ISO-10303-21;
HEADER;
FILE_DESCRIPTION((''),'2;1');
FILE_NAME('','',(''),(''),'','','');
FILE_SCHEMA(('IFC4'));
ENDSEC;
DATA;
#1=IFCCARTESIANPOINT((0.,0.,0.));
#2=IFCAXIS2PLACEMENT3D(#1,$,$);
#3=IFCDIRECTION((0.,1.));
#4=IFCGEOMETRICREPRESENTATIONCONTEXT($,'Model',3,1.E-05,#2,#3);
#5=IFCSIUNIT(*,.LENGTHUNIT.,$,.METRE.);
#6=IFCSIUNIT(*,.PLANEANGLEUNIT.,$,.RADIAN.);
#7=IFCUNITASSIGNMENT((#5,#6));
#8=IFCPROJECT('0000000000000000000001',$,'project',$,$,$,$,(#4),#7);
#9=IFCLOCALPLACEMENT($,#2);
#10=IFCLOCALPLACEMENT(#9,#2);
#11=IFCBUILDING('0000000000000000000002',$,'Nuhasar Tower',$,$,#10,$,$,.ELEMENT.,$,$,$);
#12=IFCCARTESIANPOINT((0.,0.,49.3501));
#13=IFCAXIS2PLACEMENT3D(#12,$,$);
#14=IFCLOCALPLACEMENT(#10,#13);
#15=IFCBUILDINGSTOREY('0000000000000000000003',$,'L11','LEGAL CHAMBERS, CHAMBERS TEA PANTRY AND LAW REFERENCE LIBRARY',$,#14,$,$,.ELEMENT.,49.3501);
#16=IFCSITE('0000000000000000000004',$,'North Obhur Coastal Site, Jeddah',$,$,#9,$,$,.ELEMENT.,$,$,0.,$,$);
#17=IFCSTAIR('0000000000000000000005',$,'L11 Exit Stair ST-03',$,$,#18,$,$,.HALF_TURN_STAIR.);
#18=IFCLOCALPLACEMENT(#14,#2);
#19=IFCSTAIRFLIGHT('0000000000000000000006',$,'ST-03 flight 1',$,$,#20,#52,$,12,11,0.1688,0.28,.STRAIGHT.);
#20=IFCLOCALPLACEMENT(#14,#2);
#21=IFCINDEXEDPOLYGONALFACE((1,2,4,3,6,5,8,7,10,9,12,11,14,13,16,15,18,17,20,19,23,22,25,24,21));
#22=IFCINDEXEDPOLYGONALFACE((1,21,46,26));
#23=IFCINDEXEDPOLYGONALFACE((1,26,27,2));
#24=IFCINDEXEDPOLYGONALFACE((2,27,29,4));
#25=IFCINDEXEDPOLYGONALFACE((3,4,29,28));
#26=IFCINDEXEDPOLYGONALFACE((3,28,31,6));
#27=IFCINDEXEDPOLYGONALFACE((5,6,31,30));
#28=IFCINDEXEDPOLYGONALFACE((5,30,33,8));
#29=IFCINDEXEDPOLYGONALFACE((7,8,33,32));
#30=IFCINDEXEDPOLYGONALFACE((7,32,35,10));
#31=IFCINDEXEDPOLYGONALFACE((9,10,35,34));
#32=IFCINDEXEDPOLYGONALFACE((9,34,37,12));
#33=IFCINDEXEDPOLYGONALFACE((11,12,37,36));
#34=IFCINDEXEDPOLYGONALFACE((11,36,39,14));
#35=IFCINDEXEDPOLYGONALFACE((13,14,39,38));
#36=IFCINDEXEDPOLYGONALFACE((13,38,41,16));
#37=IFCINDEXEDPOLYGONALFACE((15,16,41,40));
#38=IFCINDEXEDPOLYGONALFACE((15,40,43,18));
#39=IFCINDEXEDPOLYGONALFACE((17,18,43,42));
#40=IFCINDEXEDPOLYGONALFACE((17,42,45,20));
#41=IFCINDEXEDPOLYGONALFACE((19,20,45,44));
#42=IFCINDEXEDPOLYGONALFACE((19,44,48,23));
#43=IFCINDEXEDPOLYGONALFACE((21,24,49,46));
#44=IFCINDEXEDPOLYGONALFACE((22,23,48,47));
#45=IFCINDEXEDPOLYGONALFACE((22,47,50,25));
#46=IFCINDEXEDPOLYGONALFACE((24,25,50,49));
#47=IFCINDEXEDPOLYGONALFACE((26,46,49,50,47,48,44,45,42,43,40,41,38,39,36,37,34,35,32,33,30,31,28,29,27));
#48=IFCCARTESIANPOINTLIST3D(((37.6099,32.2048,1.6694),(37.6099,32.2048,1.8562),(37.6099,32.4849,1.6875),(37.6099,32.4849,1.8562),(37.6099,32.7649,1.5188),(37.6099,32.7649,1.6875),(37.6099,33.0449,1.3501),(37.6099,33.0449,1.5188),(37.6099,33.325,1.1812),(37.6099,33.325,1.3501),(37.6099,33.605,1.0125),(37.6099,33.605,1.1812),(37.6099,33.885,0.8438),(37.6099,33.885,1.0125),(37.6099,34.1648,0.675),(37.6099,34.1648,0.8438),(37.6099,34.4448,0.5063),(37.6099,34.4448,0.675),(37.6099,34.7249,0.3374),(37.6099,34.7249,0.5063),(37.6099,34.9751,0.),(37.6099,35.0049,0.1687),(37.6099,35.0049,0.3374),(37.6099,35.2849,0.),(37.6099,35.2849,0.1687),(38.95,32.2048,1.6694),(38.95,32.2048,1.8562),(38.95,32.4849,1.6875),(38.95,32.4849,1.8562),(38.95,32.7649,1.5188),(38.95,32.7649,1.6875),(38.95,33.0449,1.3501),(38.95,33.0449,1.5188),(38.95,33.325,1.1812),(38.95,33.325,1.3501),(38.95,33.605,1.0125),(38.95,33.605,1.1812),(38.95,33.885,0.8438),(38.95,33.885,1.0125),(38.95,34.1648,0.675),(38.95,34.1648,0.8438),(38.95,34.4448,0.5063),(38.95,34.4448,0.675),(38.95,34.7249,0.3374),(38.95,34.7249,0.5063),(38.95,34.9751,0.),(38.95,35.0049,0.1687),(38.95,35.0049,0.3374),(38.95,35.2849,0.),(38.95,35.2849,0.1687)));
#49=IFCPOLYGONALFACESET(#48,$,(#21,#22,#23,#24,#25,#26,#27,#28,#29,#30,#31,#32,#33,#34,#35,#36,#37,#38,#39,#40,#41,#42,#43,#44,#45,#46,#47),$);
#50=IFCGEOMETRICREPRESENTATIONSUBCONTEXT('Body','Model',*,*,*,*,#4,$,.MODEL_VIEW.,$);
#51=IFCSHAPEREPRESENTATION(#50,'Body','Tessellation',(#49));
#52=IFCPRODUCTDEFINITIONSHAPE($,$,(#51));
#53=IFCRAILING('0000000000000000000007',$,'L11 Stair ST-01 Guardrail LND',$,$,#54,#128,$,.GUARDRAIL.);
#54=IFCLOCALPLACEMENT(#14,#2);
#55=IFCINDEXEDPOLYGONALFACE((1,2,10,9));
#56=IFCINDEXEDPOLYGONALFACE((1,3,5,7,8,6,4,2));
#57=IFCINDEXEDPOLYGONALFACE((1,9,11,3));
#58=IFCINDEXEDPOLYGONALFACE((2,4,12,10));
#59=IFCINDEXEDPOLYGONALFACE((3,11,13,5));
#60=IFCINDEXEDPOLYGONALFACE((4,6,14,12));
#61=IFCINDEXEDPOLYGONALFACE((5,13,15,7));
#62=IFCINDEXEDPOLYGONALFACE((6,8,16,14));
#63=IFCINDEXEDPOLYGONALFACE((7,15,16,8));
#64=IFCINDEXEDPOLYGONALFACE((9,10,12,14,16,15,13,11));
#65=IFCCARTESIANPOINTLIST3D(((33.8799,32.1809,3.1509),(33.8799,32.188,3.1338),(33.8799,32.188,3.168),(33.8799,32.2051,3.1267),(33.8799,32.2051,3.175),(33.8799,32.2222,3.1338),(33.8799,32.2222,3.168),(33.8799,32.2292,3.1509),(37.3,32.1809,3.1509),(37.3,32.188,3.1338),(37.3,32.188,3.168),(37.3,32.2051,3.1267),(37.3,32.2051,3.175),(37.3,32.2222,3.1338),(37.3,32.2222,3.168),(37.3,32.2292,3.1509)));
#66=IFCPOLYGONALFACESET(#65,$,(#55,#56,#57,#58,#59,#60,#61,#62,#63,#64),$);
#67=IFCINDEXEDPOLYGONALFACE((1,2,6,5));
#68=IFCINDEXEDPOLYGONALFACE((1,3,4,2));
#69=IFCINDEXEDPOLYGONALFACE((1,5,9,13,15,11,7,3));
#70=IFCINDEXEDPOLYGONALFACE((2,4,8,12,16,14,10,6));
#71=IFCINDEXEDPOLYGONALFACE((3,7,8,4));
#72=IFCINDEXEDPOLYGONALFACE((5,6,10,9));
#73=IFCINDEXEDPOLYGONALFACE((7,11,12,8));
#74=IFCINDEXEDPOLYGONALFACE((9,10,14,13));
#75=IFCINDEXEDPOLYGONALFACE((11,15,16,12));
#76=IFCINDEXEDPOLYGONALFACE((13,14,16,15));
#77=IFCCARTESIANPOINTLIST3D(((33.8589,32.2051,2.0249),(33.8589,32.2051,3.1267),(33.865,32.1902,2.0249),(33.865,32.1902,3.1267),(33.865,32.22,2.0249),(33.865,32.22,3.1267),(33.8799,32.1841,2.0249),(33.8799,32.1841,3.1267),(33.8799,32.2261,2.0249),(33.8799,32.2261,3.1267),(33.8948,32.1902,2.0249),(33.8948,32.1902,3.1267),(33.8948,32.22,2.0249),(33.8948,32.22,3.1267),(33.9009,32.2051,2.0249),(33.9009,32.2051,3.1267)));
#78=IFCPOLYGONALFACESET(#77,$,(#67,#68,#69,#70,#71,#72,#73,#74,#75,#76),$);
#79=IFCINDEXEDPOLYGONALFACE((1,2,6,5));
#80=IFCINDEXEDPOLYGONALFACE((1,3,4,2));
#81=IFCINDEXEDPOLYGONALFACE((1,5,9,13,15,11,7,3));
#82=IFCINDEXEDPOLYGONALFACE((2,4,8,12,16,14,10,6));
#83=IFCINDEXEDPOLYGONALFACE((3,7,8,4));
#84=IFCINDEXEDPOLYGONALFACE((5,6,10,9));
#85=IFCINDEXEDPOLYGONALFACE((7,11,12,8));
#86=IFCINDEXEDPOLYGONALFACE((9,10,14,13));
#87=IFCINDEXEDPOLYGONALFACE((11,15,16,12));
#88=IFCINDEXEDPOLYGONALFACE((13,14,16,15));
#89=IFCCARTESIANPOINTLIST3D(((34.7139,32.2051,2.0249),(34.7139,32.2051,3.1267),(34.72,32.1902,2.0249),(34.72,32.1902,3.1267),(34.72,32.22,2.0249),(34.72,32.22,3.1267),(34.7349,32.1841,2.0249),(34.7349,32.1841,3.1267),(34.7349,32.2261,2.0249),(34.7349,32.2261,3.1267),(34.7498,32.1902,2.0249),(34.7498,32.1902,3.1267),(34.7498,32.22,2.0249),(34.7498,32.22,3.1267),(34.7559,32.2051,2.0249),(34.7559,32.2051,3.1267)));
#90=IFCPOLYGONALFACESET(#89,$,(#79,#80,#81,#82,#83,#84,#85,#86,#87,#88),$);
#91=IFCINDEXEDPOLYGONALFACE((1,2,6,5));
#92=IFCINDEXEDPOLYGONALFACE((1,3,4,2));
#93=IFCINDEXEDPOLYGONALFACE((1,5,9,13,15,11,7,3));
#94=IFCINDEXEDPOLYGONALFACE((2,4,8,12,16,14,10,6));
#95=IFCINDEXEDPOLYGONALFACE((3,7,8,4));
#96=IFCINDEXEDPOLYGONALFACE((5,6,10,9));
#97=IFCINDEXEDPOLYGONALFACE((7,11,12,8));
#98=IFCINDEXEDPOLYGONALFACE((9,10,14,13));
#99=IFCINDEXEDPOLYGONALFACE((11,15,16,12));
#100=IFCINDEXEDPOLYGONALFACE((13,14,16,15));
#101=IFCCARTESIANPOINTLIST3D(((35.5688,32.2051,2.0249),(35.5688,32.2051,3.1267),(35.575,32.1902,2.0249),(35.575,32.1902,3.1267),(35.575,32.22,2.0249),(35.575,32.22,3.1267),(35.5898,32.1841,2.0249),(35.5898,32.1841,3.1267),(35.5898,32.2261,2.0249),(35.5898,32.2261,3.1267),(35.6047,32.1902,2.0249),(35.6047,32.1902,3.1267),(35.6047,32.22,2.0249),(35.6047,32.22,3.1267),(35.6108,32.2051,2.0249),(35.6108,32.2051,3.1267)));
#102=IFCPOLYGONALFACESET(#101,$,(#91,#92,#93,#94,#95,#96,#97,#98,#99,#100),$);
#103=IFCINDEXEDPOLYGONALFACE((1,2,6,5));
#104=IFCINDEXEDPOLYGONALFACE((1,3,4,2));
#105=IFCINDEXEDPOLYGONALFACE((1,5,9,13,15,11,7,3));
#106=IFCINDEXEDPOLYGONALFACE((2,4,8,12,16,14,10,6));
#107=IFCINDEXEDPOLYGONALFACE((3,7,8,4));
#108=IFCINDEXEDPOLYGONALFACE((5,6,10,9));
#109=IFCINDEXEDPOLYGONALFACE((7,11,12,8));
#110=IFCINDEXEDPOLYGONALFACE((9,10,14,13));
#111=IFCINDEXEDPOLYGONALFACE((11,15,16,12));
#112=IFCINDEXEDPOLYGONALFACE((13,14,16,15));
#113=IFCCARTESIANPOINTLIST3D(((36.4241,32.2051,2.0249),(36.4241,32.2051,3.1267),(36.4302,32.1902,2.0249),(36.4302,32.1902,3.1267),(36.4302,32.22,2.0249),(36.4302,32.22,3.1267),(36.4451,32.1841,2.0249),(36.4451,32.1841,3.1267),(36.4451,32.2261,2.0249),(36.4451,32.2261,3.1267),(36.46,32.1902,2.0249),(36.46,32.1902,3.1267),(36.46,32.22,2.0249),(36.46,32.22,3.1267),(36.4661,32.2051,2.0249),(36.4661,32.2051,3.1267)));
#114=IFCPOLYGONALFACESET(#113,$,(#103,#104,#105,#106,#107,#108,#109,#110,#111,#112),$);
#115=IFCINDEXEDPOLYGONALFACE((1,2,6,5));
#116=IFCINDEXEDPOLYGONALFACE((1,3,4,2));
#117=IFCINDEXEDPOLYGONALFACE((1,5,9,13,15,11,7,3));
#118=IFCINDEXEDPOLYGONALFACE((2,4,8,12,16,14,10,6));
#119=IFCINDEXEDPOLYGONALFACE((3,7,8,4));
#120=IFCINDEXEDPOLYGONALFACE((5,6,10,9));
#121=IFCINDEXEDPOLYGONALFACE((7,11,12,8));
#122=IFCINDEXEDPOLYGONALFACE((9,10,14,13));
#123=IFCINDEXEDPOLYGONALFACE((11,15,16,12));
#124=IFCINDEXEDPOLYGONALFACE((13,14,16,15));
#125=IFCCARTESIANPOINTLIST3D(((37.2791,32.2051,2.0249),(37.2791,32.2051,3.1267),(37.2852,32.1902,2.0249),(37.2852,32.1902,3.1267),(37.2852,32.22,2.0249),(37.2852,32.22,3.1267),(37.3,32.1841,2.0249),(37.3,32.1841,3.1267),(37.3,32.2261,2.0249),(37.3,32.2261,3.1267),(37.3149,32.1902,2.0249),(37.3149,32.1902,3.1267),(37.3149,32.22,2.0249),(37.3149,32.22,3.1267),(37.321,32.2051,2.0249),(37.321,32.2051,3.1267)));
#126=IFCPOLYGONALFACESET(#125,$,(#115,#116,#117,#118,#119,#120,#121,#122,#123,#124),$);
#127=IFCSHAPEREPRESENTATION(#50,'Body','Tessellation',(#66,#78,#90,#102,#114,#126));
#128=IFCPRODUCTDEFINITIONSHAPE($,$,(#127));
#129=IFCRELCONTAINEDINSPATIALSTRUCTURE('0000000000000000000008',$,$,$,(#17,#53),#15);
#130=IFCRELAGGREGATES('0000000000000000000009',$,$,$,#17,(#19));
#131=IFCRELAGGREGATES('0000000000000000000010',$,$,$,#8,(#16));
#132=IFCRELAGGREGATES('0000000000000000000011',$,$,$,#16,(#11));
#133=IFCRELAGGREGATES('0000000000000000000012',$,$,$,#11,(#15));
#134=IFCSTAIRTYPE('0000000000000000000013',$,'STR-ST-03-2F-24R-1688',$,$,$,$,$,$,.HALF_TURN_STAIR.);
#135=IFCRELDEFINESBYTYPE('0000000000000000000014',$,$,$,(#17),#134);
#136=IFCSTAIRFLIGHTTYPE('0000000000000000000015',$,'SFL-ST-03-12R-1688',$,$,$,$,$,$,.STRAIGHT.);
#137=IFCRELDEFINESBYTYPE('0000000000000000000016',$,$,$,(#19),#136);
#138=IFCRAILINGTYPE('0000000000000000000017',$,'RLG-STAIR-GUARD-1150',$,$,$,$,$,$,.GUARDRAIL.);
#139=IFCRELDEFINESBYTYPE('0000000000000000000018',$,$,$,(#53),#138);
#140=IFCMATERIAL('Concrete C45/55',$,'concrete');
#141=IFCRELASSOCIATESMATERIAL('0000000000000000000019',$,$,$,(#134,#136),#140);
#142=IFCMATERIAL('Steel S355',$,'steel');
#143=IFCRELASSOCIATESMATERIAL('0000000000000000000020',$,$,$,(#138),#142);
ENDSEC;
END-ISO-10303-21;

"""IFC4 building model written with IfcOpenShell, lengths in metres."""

from ifc_helpers import new_model, si_unit, direction, frame, origin, place, context, subcontext, project, spatial, polyline, outline, extrude, material, type_object, element, aggregate, save


model = new_model("IFC4")

# Units and contexts
model_context = context("Model", 3, precision=1e-05, world=origin(), true_north=direction((0.0, 1.0)))
body_context = subcontext(model_context, "Body", "Model", "MODEL_VIEW")
ifc_project = project(units=[si_unit("LENGTHUNIT", "METRE"), si_unit("PLANEANGLEUNIT", "RADIAN")], contexts=[model_context])

# Site, building, storey
site_placement = place(None, origin())
site = spatial("IfcSite", under=ifc_project, at=site_placement, Name="North Obhur Coastal Site, Jeddah", CompositionType="ELEMENT", RefElevation=0.0)
building_placement = place(site_placement, origin())
building = spatial("IfcBuilding", under=site, at=building_placement, Name="Nuhasar Tower", CompositionType="ELEMENT")
storey_placement = place(building_placement, frame((0.0, 0.0, 49.3501)))
storey = spatial("IfcBuildingStorey", under=building, at=storey_placement, Name="L11", Description="LEGAL CHAMBERS, CHAMBERS TEA PANTRY AND LAW REFERENCE LIBRARY", CompositionType="ELEMENT", Elevation=49.3501)

# Shared definitions
ifc_material_1 = material(Name="Steel S355", Category="steel")

# Shared definitions
ifc_material_2 = material(Name="Concrete C45/55", Category="concrete")

# Stair, stair flight
stair_type_1 = type_object("IfcStairType", Name="STR-ST-03-2F-24R-1688", PredefinedType="HALF_TURN_STAIR", material=ifc_material_2)
stair_1_placement = place(storey_placement, origin())
stair_1 = element("IfcStair", 1, at=stair_1_placement, inside=storey, type_object=stair_type_1, Name="L11 Exit Stair ST-03", PredefinedType="HALF_TURN_STAIR")
stair_flight_type_1 = type_object("IfcStairFlightType", Name="SFL-ST-03-12R-1688", PredefinedType="STRAIGHT", material=ifc_material_2)
stair_flight_1_placement = place(storey_placement, frame((38.28, 35.2849, 0.0), z_axis=(0.0, 0.0, 1.0), x_axis=(0.0, -1.0, 0.0)))
stair_flight_1 = element("IfcStairFlight", 2, at=stair_flight_1_placement, type_object=stair_flight_type_1, Name="ST-03 flight 1", NumberOfRisers=12, NumberOfTreads=11, PredefinedType="STRAIGHT", RiserHeight=0.1688, TreadLength=0.28, context=body_context, shape_type="SweptSolid", body=[
    extrude(outline(polyline([(0.0, 0.0), (0.0, 0.1687), (0.28, 0.1687), (0.28, 0.3374), (0.5601, 0.3374), (0.5601, 0.5063), (0.8401, 0.5063), (0.8401, 0.675), (1.1201, 0.675), (1.1201, 0.8438), (1.3999, 0.8438), (1.3999, 1.0125), (1.6799, 1.0125), (1.6799, 1.1812), (1.96, 1.1812), (1.96, 1.3501), (2.24, 1.3501), (2.24, 1.5188), (2.52, 1.5188), (2.52, 1.6875), (2.8, 1.6875), (2.8, 1.8562), (3.0801, 1.8562), (3.0801, 2.0249), (3.0801, 1.6694), (0.3098, 0.0), (0.0, 0.0)])), frame((0.0, 0.6699, 0.0), z_axis=(0.0, -1.0, 0.0), x_axis=(1.0, 0.0, 0.0)), (0.0, 0.0, 1.0), 1.3401),
])
aggregate(stair_1, [stair_flight_1])

# Railing
railing_type_1 = type_object("IfcRailingType", Name="RLG-STAIR-GUARD-1150", PredefinedType="GUARDRAIL", material=ifc_material_1)
railing_1_placement = place(storey_placement, frame((33.8799, 32.2051, 2.0249)))
element("IfcRailing", 3, at=railing_1_placement, inside=storey, type_object=railing_type_1, Name="L11 Stair ST-01 Guardrail LND", PredefinedType="GUARDRAIL", context=body_context, shape_type="SweptSolid", body=[
    extrude(outline(polyline([(0.0242, 0.0), (0.0171, 0.0171), (0.0, 0.0242), (-0.0171, 0.0171), (-0.0242, 0.0), (-0.0171, -0.0171), (0.0, -0.0242), (0.0171, -0.0171), (0.0242, 0.0)])), frame((0.0, 0.0, 1.126), z_axis=(1.0, 0.0, 0.0), x_axis=(0.0, 1.0, 0.0)), (0.0, 0.0, 1.0), 3.4202),
    extrude(outline(polyline([(0.021, 0.0), (0.0149, 0.0149), (0.0, 0.021), (-0.0149, 0.0149), (-0.021, 0.0), (-0.0149, -0.0149), (0.0, -0.021), (0.0149, -0.0149), (0.021, 0.0)])), origin(), (0.0, 0.0, 1.0), 1.1018),
    extrude(outline(polyline([(0.021, 0.0), (0.0149, 0.0149), (0.0, 0.021), (-0.0149, 0.0149), (-0.021, 0.0), (-0.0149, -0.0149), (0.0, -0.021), (0.0149, -0.0149), (0.021, 0.0)])), frame((0.855, 0.0, 0.0)), (0.0, 0.0, 1.0), 1.1018),
    extrude(outline(polyline([(0.021, 0.0), (0.0149, 0.0149), (0.0, 0.021), (-0.0149, 0.0149), (-0.021, 0.0), (-0.0149, -0.0149), (0.0, -0.021), (0.0149, -0.0149), (0.021, 0.0)])), frame((1.71, 0.0, 0.0)), (0.0, 0.0, 1.0), 1.1018),
    extrude(outline(polyline([(0.021, 0.0), (0.0149, 0.0149), (0.0, 0.021), (-0.0149, 0.0149), (-0.021, 0.0), (-0.0149, -0.0149), (0.0, -0.021), (0.0149, -0.0149), (0.021, 0.0)])), frame((2.5652, 0.0, 0.0)), (0.0, 0.0, 1.0), 1.1018),
    extrude(outline(polyline([(0.021, 0.0), (0.0149, 0.0149), (0.0, 0.021), (-0.0149, 0.0149), (-0.021, 0.0), (-0.0149, -0.0149), (0.0, -0.021), (0.0149, -0.0149), (0.021, 0.0)])), frame((3.4202, 0.0, 0.0)), (0.0, 0.0, 1.0), 1.1018),
])

save(model, "model.ifc")
